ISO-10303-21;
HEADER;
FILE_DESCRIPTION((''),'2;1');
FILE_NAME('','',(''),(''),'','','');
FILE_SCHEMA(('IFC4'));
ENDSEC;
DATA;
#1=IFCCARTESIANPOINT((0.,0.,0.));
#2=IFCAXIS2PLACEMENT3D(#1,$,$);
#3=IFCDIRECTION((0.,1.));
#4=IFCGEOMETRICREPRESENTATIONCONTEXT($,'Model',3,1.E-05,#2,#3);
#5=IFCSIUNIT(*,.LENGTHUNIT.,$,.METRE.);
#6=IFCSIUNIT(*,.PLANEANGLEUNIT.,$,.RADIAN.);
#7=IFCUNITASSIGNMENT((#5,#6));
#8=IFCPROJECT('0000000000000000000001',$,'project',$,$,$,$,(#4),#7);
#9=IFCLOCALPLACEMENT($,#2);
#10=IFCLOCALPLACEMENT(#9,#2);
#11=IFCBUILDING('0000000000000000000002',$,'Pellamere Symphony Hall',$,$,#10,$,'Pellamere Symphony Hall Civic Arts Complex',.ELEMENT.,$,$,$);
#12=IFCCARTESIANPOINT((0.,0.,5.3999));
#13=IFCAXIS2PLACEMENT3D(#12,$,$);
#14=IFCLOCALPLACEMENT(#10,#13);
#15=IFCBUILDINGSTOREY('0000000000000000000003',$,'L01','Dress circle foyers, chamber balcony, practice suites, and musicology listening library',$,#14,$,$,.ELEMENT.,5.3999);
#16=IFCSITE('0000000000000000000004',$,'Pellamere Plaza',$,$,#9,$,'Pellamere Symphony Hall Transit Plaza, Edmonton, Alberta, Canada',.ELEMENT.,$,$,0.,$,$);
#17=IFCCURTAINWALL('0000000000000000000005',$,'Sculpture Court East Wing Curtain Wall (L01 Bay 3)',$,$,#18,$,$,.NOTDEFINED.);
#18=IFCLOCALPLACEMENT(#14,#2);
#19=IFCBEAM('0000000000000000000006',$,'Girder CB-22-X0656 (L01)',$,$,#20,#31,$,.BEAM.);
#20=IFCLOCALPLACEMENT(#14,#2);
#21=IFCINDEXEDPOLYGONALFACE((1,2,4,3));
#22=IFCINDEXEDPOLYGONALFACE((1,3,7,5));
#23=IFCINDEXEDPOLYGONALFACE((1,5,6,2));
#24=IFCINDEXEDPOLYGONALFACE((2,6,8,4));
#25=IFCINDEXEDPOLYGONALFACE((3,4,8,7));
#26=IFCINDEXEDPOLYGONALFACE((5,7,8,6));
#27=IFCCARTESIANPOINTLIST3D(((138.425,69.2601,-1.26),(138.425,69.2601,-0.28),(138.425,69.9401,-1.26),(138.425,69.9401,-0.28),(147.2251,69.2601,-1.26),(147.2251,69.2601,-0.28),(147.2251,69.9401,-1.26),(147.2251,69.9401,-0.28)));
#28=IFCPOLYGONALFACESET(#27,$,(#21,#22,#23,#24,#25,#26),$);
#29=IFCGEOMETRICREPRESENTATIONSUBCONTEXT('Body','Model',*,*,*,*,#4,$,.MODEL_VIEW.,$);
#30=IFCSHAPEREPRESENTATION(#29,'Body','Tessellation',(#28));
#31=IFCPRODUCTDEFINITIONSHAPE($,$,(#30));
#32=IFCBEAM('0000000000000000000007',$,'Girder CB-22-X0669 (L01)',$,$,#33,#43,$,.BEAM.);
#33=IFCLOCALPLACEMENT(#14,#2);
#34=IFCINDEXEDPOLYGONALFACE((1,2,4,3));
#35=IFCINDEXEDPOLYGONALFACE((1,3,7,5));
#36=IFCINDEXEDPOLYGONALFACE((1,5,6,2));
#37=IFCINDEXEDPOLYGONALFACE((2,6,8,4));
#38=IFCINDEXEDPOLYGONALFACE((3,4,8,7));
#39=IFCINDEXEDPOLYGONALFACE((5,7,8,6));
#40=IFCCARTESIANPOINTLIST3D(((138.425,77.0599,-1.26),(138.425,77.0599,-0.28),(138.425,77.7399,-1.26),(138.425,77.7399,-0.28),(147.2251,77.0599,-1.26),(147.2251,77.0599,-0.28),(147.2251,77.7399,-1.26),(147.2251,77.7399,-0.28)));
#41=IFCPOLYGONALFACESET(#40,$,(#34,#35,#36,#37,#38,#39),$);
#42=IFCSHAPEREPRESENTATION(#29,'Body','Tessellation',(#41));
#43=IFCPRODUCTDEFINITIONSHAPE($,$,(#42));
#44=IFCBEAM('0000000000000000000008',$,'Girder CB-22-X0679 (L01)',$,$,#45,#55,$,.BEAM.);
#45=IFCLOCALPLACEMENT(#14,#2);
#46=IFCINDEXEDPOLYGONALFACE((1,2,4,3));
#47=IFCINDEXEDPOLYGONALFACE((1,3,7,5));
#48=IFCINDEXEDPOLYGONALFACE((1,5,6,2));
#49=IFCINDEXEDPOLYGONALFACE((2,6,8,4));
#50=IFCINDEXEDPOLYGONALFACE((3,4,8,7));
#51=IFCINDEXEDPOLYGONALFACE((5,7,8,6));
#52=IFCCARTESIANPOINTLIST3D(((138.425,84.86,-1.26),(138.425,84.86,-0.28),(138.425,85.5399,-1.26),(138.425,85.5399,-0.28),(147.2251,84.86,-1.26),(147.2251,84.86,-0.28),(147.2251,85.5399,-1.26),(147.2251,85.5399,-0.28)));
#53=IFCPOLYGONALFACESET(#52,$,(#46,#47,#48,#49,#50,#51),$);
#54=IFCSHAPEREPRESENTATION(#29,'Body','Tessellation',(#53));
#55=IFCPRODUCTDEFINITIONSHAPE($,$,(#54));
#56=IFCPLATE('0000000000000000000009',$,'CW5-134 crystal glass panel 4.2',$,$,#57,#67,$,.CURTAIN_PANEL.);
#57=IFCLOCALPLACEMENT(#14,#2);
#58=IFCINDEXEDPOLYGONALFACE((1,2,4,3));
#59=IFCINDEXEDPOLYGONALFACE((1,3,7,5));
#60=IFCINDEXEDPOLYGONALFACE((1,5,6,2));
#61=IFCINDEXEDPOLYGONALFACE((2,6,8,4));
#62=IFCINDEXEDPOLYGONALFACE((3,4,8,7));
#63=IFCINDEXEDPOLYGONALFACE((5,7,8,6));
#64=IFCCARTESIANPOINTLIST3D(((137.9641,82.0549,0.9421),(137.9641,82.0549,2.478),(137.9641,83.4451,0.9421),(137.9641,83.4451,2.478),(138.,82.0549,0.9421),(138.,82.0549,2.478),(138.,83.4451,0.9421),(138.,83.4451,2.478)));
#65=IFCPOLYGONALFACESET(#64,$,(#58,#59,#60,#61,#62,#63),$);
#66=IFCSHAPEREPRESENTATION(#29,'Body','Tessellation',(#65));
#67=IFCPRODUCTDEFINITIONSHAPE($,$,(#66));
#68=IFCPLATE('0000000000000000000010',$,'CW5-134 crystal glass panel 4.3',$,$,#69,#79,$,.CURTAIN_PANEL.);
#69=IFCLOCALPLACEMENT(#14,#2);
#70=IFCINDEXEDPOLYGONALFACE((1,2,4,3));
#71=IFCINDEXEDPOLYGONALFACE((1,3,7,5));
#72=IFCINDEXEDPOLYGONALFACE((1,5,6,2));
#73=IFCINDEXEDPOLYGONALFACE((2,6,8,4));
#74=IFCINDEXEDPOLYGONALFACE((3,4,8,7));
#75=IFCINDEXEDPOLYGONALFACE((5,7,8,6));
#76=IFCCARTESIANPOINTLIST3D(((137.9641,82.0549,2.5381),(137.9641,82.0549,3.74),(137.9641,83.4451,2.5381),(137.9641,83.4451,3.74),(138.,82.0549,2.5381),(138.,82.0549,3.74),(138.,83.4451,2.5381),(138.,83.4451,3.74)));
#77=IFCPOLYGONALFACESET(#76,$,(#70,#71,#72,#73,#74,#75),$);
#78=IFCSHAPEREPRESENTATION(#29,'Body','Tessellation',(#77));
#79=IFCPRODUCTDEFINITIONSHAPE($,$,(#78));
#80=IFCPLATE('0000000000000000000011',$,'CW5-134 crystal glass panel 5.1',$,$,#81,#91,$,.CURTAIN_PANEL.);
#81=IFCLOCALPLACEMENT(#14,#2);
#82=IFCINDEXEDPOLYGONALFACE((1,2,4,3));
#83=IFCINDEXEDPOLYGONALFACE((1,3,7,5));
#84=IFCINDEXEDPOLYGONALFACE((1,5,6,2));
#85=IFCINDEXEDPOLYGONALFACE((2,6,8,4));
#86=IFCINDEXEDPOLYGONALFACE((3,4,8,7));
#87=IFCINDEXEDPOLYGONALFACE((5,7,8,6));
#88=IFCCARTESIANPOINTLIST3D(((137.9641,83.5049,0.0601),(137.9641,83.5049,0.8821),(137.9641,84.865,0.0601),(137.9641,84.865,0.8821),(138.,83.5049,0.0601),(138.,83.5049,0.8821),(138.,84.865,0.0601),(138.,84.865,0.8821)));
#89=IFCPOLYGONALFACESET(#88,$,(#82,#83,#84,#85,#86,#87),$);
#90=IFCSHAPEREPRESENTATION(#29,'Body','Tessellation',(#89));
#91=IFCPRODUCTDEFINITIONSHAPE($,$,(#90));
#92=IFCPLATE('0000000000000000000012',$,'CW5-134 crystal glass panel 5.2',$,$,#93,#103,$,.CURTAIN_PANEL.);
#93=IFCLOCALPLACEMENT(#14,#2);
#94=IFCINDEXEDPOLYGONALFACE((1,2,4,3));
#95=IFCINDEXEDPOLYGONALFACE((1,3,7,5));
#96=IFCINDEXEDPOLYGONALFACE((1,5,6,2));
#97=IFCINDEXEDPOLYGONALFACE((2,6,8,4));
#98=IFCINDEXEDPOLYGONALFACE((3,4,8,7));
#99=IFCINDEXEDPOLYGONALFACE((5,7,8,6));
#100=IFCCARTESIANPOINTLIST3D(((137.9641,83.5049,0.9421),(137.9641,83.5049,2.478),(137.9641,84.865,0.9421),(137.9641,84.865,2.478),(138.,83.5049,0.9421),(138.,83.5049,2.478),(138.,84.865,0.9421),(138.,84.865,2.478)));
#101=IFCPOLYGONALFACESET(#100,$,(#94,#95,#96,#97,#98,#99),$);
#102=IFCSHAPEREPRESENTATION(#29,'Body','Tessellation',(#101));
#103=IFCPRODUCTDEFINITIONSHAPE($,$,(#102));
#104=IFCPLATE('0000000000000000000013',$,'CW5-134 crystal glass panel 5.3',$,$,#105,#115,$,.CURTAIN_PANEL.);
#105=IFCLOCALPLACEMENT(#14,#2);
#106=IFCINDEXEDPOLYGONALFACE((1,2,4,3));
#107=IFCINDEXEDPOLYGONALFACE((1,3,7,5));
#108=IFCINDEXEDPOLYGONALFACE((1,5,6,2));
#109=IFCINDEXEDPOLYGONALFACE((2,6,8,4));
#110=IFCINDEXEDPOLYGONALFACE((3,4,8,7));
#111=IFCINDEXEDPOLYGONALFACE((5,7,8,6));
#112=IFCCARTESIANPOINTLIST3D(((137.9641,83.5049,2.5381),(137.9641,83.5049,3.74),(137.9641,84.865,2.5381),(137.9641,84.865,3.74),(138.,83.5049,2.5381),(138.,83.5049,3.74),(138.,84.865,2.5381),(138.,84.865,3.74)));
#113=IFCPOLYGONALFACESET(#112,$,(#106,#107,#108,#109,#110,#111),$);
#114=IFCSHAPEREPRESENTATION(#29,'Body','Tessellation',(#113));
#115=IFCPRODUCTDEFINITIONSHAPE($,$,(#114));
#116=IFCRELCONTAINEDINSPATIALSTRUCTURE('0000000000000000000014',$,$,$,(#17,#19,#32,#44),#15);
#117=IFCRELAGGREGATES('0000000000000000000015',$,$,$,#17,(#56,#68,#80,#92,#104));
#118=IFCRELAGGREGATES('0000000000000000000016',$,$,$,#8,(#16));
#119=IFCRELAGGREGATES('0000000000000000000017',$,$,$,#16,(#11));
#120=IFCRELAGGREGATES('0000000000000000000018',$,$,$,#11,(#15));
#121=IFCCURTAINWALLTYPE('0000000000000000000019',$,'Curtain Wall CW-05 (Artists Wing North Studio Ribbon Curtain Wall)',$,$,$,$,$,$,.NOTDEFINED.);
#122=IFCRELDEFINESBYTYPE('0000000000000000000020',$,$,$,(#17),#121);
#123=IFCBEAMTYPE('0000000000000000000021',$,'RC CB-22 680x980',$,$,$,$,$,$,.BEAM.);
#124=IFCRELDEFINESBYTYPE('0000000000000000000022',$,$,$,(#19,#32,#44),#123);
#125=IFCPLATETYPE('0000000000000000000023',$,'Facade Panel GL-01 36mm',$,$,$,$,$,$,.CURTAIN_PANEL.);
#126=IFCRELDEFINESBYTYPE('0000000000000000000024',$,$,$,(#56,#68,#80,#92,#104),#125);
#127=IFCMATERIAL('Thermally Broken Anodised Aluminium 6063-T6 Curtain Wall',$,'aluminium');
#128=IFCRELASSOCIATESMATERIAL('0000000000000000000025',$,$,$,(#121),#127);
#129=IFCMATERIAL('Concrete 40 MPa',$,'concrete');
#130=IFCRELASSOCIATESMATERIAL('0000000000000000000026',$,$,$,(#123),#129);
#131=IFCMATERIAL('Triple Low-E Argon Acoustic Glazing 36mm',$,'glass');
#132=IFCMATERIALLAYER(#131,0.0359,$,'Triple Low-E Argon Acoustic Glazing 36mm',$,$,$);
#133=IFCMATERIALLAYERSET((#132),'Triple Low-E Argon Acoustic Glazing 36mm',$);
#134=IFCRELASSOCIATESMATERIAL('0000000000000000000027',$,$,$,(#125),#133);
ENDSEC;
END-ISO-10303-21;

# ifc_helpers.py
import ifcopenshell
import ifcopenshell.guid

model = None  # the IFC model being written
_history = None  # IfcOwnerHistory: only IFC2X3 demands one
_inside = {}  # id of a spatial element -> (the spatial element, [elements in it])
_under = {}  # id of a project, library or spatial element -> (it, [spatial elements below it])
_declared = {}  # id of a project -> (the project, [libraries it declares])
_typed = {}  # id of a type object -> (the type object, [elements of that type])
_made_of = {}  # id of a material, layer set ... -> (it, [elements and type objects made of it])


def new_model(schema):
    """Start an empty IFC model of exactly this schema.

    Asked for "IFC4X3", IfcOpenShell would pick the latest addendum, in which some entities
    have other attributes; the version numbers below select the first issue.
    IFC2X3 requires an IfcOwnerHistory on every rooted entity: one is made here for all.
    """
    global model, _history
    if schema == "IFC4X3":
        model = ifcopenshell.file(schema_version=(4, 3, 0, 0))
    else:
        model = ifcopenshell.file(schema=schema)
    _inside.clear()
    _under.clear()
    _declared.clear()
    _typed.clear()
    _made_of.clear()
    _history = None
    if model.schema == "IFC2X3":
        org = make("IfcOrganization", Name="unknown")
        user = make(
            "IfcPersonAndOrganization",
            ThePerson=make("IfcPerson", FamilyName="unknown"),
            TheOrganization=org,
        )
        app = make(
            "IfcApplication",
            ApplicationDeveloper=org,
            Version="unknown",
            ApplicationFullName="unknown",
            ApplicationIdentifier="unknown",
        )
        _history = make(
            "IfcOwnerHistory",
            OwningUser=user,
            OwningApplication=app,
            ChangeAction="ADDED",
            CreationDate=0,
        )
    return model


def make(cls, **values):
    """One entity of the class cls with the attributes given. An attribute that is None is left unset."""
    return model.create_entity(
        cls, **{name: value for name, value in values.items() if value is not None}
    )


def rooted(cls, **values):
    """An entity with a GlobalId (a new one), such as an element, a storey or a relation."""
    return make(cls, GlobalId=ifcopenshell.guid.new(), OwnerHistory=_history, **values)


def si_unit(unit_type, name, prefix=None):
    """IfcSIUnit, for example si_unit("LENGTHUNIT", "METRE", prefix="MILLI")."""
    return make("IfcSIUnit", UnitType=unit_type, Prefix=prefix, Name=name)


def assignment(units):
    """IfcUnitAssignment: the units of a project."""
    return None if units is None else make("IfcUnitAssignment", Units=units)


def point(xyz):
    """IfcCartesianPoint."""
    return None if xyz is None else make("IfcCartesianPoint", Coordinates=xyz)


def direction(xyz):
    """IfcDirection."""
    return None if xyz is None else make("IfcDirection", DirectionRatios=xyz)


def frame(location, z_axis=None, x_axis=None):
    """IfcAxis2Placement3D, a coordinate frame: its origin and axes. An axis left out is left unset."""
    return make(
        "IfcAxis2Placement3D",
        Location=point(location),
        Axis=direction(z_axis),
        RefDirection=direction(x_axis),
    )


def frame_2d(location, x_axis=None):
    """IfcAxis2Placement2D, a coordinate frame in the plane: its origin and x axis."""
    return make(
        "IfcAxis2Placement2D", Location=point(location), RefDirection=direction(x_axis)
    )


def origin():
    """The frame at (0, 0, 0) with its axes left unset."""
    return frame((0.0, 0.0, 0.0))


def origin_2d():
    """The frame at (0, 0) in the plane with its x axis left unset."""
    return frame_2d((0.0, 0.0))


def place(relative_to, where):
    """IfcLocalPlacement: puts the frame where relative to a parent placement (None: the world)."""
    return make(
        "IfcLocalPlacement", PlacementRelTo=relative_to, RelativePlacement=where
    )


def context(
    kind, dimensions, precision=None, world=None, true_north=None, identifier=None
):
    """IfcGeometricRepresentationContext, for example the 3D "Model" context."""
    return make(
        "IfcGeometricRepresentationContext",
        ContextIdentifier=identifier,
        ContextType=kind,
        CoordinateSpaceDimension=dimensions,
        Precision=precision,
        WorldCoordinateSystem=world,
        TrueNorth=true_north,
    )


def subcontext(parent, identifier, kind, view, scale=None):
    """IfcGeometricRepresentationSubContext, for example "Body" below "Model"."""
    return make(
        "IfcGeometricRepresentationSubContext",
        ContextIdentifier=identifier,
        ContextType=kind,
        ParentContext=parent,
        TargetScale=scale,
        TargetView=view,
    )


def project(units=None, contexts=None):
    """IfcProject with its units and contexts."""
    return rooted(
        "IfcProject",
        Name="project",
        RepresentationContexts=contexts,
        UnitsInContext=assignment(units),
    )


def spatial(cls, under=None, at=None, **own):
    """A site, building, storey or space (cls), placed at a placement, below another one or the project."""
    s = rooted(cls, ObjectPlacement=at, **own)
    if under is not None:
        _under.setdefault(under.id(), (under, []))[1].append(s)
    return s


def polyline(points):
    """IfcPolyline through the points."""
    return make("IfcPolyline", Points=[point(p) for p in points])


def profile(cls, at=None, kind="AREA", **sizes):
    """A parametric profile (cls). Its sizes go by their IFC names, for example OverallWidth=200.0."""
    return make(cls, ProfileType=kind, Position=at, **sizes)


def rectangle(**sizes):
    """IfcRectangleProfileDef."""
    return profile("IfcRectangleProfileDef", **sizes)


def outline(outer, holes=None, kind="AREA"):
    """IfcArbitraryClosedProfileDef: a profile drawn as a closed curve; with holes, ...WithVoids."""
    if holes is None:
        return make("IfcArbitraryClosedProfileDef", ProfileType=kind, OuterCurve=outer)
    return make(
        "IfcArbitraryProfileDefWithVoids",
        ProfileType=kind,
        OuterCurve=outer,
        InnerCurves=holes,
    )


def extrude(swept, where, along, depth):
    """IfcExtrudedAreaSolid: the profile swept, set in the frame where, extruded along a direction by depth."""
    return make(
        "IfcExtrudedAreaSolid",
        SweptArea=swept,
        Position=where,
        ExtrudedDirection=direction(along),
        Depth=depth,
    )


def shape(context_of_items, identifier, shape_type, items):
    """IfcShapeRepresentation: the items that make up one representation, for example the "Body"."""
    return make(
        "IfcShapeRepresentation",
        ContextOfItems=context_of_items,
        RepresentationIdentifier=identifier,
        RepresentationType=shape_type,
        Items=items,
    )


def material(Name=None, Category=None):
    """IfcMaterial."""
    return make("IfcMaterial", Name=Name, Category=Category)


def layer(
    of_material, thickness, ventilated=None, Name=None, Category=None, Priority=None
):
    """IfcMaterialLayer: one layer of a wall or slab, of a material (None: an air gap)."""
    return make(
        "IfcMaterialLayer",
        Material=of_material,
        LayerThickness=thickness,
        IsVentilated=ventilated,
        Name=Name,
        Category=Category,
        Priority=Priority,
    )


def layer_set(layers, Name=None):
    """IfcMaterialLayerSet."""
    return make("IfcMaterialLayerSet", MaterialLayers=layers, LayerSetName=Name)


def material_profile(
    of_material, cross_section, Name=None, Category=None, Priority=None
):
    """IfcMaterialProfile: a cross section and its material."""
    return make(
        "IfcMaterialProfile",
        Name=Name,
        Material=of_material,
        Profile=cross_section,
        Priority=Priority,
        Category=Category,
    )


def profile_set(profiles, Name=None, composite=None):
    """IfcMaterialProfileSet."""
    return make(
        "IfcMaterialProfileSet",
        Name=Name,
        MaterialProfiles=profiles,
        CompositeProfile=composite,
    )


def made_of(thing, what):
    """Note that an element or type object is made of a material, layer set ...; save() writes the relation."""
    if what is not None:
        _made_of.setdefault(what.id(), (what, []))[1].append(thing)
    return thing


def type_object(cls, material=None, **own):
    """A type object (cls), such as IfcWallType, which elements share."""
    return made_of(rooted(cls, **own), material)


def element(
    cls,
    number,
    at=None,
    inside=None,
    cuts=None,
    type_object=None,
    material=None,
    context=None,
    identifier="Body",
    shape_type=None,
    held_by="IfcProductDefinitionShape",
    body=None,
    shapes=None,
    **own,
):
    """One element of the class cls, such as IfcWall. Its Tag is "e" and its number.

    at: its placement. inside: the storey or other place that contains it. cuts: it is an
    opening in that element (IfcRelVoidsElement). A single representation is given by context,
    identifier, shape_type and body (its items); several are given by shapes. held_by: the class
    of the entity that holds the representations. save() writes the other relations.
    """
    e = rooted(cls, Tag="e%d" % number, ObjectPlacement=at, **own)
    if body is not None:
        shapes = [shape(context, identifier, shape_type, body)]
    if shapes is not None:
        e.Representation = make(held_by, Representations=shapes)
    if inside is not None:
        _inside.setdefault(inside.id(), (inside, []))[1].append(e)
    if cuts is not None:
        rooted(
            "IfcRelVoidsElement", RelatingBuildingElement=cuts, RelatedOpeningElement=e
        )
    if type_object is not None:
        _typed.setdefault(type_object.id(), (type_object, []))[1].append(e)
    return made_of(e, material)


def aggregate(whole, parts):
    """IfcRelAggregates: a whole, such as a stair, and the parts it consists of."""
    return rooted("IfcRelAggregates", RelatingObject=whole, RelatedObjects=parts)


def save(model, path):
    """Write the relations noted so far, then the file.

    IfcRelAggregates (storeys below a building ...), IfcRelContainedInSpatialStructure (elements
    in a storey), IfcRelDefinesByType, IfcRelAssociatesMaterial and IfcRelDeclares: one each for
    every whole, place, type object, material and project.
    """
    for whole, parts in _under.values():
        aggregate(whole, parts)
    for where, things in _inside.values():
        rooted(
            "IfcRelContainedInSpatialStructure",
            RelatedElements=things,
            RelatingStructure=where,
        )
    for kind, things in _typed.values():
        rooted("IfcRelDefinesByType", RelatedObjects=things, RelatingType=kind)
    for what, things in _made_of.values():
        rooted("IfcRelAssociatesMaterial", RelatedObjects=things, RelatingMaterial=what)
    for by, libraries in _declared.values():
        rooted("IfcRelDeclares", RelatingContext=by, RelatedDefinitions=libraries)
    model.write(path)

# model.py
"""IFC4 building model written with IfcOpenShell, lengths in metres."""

from ifc_helpers import new_model, si_unit, direction, frame, origin, origin_2d, place, context, subcontext, project, spatial, polyline, rectangle, outline, extrude, material, layer, layer_set, material_profile, profile_set, type_object, element, aggregate, save


model = new_model("IFC4")

# Units and contexts
model_context = context("Model", 3, precision=1e-05, world=origin(), true_north=direction((0.0, 1.0)))
body_context = subcontext(model_context, "Body", "Model", "MODEL_VIEW")
ifc_project = project(units=[si_unit("LENGTHUNIT", "METRE"), si_unit("PLANEANGLEUNIT", "RADIAN")], contexts=[model_context])

# Site, building, storey
site_placement = place(None, origin())
site = spatial("IfcSite", under=ifc_project, at=site_placement, Name="Pellamere Plaza", LongName="Pellamere Symphony Hall Transit Plaza, Edmonton, Alberta, Canada", CompositionType="ELEMENT", RefElevation=0.0)
building_placement = place(site_placement, origin())
building = spatial("IfcBuilding", under=site, at=building_placement, Name="Pellamere Symphony Hall", LongName="Pellamere Symphony Hall Civic Arts Complex", CompositionType="ELEMENT")
storey_placement = place(building_placement, frame((0.0, 0.0, 5.3999)))
storey = spatial("IfcBuildingStorey", under=building, at=storey_placement, Name="L01", Description="Dress circle foyers, chamber balcony, practice suites, and musicology listening library", CompositionType="ELEMENT", Elevation=5.3999)

# Shared definitions
ifc_material_1 = material(Name="Concrete 40 MPa", Category="concrete")

# Curtain wall
ifc_material_2 = material(Name="Thermally Broken Anodised Aluminium 6063-T6 Curtain Wall", Category="aluminium")
curtain_wall_type = type_object("IfcCurtainWallType", Name="Curtain Wall CW-05 (Artists Wing North Studio Ribbon Curtain Wall)", PredefinedType="NOTDEFINED", material=ifc_material_2)
curtain_wall_1_placement = place(storey_placement, origin())
curtain_wall_1 = element("IfcCurtainWall", 1, at=curtain_wall_1_placement, inside=storey, type_object=curtain_wall_type, Name="Sculpture Court East Wing Curtain Wall (L01 Bay 3)", PredefinedType="NOTDEFINED")

# Beams
ifc_material_profile_1 = material_profile(ifc_material_1, rectangle(XDim=0.6799, YDim=0.98, at=origin_2d()), Name="RC 680x980")
ifc_profile_set_1 = profile_set([ifc_material_profile_1], Name="Concrete 40 MPa")
beam_type_1 = type_object("IfcBeamType", Name="RC CB-22 680x980", PredefinedType="BEAM", material=ifc_profile_set_1)
for number, where, z_axis, x_axis, name in (
    (2, (138.425, 69.6001, -0.77), (1.0, 0.0, 0.0), (0.0, 1.0, 0.0), "Girder CB-22-X0656 (L01)"),
    (3, (138.425, 77.3999, -0.77), (1.0, 0.0, 0.0), (0.0, 1.0, 0.0), "Girder CB-22-X0669 (L01)"),
    (4, (138.425, 85.2, -0.77), (1.0, 0.0, 0.0), (0.0, 1.0, 0.0), "Girder CB-22-X0679 (L01)"),
):
    element("IfcBeam", number, at=place(storey_placement, frame(where, z_axis=z_axis, x_axis=x_axis)), inside=storey, type_object=beam_type_1, Name=name, PredefinedType="BEAM", context=body_context, shape_type="SweptSolid", body=[
        extrude(rectangle(XDim=0.6799, YDim=0.98, at=origin_2d()), origin(), (0.0, 0.0, 1.0), 8.8),
    ])

# Plates
ifc_material_3 = material(Name="Triple Low-E Argon Acoustic Glazing 36mm", Category="glass")
ifc_layer = layer(ifc_material_3, 0.0359, Name="Triple Low-E Argon Acoustic Glazing 36mm")
ifc_layer_set = layer_set([ifc_layer], Name="Triple Low-E Argon Acoustic Glazing 36mm")
plate_type = type_object("IfcPlateType", Name="Facade Panel GL-01 36mm", PredefinedType="CURTAIN_PANEL", material=ifc_layer_set)
plate_1_placement = place(storey_placement, frame((138.0, 82.0549, 0.9421), z_axis=(1.0, 0.0, 0.0), x_axis=(0.0, 1.0, 0.0)))
plate_1 = element("IfcPlate", 5, at=plate_1_placement, type_object=plate_type, Name="CW5-134 crystal glass panel 4.2", PredefinedType="CURTAIN_PANEL", context=body_context, shape_type="SweptSolid", body=[
    extrude(outline(polyline([(0.0, 0.0), (1.3901, 0.0), (1.3901, 1.5359), (0.0, 1.5359), (0.0, 0.0)])), origin(), (0.0, 0.0, -1.0), 0.0359),
])
plate_2_placement = place(storey_placement, frame((138.0, 82.0549, 2.5381), z_axis=(1.0, 0.0, 0.0), x_axis=(0.0, 1.0, 0.0)))
plate_2 = element("IfcPlate", 6, at=plate_2_placement, type_object=plate_type, Name="CW5-134 crystal glass panel 4.3", PredefinedType="CURTAIN_PANEL", context=body_context, shape_type="SweptSolid", body=[
    extrude(outline(polyline([(0.0, 0.0), (1.3901, 0.0), (1.3901, 1.2019), (0.0, 1.2019), (0.0, 0.0)])), origin(), (0.0, 0.0, -1.0), 0.0359),
])
plate_3_placement = place(storey_placement, frame((138.0, 83.5049, 0.0601), z_axis=(1.0, 0.0, 0.0), x_axis=(0.0, 1.0, 0.0)))
plate_3 = element("IfcPlate", 7, at=plate_3_placement, type_object=plate_type, Name="CW5-134 crystal glass panel 5.1", PredefinedType="CURTAIN_PANEL", context=body_context, shape_type="SweptSolid", body=[
    extrude(outline(polyline([(0.0, 0.0), (1.3601, 0.0), (1.3601, 0.822), (0.0, 0.822), (0.0, 0.0)])), origin(), (0.0, 0.0, -1.0), 0.0359),
])
plate_4_placement = place(storey_placement, frame((138.0, 83.5049, 0.9421), z_axis=(1.0, 0.0, 0.0), x_axis=(0.0, 1.0, 0.0)))
plate_4 = element("IfcPlate", 8, at=plate_4_placement, type_object=plate_type, Name="CW5-134 crystal glass panel 5.2", PredefinedType="CURTAIN_PANEL", context=body_context, shape_type="SweptSolid", body=[
    extrude(outline(polyline([(0.0, 0.0), (1.3601, 0.0), (1.3601, 1.5359), (0.0, 1.5359), (0.0, 0.0)])), origin(), (0.0, 0.0, -1.0), 0.0359),
])
plate_5_placement = place(storey_placement, frame((138.0, 83.5049, 2.5381), z_axis=(1.0, 0.0, 0.0), x_axis=(0.0, 1.0, 0.0)))
plate_5 = element("IfcPlate", 9, at=plate_5_placement, type_object=plate_type, Name="CW5-134 crystal glass panel 5.3", PredefinedType="CURTAIN_PANEL", context=body_context, shape_type="SweptSolid", body=[
    extrude(outline(polyline([(0.0, 0.0), (1.3601, 0.0), (1.3601, 1.2019), (0.0, 1.2019), (0.0, 0.0)])), origin(), (0.0, 0.0, -1.0), 0.0359),
])
aggregate(curtain_wall_1, [plate_1, plate_2, plate_3, plate_4, plate_5])

save(model, "model.ifc")
